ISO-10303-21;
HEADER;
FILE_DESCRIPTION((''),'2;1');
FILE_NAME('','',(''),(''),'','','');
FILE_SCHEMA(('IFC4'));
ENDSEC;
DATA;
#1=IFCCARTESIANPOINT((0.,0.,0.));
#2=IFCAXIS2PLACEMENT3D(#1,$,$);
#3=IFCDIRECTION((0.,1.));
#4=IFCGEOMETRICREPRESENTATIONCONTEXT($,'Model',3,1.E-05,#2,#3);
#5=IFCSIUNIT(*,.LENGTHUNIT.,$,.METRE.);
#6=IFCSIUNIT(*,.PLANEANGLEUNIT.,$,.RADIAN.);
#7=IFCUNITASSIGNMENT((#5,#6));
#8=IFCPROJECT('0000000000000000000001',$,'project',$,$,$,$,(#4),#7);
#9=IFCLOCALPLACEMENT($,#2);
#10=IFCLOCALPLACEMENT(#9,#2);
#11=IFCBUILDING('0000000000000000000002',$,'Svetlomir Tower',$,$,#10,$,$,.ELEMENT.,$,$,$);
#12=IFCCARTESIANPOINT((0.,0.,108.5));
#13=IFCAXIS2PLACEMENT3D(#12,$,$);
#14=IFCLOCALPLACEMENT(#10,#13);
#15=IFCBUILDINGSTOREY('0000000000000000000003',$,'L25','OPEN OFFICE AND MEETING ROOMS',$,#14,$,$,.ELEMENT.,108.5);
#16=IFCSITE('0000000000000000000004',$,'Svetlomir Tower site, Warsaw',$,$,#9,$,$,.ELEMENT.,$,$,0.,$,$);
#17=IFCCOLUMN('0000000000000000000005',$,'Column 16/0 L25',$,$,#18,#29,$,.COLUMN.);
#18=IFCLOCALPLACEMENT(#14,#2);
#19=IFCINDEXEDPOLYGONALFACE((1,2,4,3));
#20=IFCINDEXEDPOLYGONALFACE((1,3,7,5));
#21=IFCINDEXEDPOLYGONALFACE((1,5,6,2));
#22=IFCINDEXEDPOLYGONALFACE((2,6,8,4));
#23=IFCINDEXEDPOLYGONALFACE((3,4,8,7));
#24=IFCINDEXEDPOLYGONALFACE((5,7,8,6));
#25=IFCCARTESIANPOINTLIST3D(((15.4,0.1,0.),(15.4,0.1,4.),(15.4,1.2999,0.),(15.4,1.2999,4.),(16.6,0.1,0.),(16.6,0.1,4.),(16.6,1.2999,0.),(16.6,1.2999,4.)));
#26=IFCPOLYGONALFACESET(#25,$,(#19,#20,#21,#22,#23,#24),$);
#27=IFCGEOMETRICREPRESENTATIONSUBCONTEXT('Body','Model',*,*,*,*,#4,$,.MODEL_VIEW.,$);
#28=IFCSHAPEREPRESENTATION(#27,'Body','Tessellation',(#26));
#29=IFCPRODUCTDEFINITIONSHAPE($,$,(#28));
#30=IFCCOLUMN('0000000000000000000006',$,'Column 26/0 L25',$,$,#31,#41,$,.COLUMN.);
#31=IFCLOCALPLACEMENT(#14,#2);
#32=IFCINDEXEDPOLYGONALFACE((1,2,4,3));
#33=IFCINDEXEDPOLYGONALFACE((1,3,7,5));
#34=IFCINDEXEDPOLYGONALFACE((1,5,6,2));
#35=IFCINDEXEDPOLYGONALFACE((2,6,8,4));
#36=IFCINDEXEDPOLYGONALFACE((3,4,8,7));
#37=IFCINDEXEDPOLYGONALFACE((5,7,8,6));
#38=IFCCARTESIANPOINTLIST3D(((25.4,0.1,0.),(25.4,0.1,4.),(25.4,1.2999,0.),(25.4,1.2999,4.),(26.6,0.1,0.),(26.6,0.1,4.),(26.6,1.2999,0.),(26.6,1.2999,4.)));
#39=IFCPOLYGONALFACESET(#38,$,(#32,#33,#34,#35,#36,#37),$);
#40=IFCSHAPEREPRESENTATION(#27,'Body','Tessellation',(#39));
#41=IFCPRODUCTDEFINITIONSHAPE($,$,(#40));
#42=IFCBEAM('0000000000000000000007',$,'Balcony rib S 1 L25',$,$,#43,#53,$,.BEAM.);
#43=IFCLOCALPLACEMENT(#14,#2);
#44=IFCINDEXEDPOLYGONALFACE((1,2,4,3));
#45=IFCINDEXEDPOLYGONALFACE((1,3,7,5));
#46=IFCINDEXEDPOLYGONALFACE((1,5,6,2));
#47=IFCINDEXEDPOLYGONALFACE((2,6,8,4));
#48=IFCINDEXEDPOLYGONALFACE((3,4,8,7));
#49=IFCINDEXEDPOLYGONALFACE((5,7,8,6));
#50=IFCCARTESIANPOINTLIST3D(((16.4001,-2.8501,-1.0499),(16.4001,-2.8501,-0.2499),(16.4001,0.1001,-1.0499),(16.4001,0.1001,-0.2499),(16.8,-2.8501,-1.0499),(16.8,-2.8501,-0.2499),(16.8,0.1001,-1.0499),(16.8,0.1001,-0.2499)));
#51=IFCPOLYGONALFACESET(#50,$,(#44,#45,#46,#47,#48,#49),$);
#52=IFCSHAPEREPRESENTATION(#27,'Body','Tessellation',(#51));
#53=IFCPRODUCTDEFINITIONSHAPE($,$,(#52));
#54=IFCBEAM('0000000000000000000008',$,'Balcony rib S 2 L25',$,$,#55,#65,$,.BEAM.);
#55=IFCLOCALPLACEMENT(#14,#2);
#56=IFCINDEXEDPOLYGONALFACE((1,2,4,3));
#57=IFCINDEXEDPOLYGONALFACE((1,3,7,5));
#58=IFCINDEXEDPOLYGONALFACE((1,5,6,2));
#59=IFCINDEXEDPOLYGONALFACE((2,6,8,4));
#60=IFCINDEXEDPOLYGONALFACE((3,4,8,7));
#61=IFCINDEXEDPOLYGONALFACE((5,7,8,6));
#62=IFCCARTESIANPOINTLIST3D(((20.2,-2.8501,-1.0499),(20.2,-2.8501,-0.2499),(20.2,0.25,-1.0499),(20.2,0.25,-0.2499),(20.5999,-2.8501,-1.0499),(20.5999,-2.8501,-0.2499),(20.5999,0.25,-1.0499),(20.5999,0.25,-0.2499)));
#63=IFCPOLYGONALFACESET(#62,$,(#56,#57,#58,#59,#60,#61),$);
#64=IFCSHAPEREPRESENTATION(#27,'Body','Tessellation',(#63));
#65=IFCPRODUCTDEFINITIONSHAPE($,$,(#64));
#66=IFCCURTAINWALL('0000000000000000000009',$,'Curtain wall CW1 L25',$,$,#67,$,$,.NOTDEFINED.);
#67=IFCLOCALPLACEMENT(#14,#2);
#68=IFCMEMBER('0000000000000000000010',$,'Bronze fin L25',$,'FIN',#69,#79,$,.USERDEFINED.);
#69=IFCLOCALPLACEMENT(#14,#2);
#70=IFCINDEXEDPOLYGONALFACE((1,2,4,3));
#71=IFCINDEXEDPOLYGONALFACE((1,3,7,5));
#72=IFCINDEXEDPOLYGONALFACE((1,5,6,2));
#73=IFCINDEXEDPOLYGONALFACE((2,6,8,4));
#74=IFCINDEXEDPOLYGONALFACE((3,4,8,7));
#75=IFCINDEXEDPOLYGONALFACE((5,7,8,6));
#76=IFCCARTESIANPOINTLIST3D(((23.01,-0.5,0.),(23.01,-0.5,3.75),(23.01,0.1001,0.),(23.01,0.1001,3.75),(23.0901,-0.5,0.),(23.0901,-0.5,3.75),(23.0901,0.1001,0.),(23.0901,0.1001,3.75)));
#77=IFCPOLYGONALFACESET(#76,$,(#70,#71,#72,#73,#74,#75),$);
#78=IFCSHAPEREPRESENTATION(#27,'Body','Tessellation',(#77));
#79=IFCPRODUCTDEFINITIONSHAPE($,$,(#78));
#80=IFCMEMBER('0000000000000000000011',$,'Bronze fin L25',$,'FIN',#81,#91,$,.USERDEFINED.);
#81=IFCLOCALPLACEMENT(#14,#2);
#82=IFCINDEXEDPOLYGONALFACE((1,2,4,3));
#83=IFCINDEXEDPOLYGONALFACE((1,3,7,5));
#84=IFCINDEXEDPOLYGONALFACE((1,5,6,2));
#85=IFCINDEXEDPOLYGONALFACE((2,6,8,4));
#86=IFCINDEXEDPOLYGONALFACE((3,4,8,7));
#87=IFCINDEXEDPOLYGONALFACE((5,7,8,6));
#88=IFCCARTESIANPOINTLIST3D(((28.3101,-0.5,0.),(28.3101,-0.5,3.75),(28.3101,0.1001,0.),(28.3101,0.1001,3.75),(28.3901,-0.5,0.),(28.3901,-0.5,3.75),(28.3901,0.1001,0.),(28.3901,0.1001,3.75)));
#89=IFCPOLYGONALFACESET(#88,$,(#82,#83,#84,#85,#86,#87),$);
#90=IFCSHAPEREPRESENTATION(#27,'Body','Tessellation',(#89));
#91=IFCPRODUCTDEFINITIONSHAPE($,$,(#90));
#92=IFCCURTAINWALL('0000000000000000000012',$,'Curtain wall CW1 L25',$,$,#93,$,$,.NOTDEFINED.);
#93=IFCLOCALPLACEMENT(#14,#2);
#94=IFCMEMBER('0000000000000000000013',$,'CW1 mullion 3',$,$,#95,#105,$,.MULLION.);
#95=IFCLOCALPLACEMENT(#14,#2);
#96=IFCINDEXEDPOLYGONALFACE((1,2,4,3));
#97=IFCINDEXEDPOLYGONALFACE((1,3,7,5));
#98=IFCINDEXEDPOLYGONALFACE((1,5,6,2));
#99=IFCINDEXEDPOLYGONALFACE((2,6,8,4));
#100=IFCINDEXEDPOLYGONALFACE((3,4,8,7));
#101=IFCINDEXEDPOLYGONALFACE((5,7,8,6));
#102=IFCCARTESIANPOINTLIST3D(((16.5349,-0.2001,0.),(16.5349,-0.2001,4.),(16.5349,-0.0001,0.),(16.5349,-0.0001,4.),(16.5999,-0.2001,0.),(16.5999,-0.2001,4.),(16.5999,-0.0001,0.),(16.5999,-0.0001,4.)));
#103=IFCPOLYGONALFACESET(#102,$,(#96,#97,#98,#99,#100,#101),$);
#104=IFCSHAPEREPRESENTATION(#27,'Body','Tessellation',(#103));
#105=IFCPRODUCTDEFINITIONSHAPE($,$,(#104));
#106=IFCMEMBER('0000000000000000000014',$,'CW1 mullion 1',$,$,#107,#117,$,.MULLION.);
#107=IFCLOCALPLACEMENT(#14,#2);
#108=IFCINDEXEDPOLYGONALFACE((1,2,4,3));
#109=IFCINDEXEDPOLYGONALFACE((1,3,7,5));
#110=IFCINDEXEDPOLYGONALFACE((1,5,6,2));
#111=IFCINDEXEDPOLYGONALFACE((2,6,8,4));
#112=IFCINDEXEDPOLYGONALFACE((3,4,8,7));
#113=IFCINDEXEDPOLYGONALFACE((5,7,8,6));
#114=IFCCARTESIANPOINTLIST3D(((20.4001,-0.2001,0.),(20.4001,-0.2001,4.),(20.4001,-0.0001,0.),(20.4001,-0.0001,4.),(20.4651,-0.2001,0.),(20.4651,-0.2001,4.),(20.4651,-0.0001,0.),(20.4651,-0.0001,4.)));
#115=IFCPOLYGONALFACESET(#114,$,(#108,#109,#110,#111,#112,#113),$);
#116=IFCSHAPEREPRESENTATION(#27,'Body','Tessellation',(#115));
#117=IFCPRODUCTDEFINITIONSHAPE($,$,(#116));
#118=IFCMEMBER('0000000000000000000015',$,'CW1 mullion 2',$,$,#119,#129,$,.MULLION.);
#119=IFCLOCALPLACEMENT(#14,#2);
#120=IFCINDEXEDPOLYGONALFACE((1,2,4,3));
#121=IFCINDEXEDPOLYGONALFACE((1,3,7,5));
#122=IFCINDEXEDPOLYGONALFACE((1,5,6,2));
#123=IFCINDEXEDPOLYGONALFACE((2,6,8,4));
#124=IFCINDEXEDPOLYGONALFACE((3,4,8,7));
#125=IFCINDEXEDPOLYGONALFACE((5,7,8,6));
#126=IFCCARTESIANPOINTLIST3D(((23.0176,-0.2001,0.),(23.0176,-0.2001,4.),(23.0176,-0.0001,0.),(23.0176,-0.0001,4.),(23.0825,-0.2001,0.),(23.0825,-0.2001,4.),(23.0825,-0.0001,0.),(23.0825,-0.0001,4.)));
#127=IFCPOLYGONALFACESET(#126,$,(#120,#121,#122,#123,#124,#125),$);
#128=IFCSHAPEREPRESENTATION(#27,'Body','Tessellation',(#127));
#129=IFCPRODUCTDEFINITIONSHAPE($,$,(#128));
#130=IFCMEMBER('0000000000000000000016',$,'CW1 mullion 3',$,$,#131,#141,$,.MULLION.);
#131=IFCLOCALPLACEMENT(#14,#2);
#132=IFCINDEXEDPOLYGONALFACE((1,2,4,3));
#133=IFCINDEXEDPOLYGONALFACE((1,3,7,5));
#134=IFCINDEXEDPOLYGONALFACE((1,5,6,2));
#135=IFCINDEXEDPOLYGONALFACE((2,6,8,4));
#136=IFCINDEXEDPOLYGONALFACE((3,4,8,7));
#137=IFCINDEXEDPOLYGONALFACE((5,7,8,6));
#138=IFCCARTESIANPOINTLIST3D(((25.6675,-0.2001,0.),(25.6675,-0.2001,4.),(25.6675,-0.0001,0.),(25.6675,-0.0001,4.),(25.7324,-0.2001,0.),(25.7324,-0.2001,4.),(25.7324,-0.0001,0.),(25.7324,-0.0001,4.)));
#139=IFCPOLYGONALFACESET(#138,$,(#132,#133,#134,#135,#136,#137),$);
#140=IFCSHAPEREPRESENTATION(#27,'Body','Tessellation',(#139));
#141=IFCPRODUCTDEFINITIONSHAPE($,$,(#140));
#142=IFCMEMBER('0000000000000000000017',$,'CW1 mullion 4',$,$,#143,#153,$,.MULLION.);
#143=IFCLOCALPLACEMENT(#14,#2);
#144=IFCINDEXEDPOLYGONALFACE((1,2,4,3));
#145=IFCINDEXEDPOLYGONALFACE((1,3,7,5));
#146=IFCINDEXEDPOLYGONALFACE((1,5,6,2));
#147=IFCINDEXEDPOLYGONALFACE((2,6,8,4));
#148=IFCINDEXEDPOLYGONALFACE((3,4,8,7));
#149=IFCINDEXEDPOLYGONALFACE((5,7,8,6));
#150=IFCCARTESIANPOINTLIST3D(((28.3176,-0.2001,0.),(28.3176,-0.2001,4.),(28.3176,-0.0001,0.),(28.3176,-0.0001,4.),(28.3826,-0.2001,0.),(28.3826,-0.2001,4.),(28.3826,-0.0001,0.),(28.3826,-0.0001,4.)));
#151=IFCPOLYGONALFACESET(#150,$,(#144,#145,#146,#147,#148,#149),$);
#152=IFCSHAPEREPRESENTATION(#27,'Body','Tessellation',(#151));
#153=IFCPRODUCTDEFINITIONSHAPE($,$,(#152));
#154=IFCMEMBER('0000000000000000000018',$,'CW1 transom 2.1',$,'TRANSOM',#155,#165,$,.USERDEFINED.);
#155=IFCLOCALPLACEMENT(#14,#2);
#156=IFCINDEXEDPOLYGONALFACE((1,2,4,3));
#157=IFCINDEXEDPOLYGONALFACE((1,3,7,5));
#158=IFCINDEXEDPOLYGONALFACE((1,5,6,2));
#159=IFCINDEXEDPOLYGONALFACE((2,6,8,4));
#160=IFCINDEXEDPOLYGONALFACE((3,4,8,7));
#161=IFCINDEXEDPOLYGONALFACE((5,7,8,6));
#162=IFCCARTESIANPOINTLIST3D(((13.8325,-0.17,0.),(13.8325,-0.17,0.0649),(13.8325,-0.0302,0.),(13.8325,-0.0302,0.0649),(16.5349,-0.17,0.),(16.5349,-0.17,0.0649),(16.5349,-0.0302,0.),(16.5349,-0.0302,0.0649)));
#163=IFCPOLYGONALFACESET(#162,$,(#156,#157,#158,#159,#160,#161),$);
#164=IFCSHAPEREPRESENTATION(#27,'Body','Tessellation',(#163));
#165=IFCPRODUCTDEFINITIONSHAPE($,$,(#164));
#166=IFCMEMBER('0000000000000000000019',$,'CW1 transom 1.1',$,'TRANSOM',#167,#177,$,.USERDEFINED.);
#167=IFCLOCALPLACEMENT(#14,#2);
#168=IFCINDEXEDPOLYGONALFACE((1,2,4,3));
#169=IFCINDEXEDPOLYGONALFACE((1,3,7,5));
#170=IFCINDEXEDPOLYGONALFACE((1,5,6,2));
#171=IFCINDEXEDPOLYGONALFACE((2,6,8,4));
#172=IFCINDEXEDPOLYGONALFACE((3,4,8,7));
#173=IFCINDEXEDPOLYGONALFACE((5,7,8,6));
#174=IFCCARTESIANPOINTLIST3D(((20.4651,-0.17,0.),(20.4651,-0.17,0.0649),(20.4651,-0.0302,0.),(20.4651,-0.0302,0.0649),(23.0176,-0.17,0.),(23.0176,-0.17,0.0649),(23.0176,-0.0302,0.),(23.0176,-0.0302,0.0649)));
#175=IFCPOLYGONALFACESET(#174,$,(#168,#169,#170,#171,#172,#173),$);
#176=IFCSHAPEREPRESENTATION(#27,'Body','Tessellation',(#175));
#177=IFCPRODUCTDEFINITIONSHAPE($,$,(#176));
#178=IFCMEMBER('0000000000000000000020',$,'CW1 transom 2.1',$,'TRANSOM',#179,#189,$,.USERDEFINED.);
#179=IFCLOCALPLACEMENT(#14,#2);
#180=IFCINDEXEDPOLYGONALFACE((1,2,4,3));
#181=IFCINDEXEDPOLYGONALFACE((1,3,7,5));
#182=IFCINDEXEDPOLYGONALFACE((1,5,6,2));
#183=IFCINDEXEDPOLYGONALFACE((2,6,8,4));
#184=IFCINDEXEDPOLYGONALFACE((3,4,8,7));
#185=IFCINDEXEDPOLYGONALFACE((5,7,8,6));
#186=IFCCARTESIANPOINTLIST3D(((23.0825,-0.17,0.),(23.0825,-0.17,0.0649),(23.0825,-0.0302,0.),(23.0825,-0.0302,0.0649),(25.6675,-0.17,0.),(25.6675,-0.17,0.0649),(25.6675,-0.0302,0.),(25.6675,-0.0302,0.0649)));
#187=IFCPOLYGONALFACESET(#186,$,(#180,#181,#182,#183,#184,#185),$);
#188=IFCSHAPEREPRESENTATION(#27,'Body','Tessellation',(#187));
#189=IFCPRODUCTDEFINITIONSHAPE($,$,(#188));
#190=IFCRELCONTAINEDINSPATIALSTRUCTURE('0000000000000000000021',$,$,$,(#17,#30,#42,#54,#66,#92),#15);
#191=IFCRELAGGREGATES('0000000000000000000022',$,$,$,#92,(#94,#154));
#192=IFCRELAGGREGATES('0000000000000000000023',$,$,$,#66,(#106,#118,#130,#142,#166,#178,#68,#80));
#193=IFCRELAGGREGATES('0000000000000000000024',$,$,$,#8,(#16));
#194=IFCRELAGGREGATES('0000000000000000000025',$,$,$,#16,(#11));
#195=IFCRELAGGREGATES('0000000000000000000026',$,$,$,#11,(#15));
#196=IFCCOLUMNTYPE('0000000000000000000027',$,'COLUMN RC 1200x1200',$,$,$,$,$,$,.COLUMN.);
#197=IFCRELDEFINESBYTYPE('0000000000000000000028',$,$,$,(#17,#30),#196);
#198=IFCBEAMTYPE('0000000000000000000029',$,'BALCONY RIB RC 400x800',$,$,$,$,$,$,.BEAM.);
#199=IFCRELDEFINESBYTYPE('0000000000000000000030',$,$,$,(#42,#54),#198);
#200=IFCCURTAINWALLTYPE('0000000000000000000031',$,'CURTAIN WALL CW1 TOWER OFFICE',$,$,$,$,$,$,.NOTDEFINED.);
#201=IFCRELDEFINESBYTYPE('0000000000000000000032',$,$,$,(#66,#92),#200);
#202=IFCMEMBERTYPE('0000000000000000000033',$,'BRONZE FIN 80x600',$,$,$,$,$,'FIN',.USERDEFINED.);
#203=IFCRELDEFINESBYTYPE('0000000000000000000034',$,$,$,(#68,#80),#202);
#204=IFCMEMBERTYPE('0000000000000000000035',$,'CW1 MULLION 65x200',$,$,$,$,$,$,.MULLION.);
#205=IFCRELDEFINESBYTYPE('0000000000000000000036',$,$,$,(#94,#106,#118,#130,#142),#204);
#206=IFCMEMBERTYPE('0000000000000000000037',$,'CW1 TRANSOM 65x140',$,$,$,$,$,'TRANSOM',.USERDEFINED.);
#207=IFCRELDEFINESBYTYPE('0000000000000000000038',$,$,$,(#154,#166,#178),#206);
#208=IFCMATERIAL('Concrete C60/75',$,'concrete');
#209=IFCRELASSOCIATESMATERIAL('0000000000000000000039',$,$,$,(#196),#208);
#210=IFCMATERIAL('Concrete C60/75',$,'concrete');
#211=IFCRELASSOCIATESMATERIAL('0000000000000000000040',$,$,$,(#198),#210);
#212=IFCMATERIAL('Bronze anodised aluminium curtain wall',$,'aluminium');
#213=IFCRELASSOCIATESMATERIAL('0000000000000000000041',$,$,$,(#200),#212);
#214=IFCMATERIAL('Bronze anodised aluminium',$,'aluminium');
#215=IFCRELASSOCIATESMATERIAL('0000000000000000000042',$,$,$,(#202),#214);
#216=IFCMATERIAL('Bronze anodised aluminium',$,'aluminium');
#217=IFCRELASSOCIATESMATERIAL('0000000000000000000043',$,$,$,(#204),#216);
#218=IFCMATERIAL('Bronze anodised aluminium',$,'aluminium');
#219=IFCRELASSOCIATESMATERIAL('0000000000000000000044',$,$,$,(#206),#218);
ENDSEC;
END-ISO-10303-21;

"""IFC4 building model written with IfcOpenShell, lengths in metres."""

from ifc_helpers import new_model, si_unit, direction, frame, origin, origin_2d, place, context, subcontext, project, spatial, rectangle, extrude, material, material_profile, profile_set, type_object, element, aggregate, save


model = new_model("IFC4")

# Units and contexts
model_context = context("Model", 3, precision=1e-05, world=origin(), true_north=direction((0.0, 1.0)))
body_context = subcontext(model_context, "Body", "Model", "MODEL_VIEW")
ifc_project = project(units=[si_unit("LENGTHUNIT", "METRE"), si_unit("PLANEANGLEUNIT", "RADIAN")], contexts=[model_context])

# Site, building, storey
site_placement = place(None, origin())
site = spatial("IfcSite", under=ifc_project, at=site_placement, Name="Svetlomir Tower site, Warsaw", CompositionType="ELEMENT", RefElevation=0.0)
building_placement = place(site_placement, origin())
building = spatial("IfcBuilding", under=site, at=building_placement, Name="Svetlomir Tower", CompositionType="ELEMENT")
storey_placement = place(building_placement, frame((0.0, 0.0, 108.5)))
storey = spatial("IfcBuildingStorey", under=building, at=storey_placement, Name="L25", Description="OPEN OFFICE AND MEETING ROOMS", CompositionType="ELEMENT", Elevation=108.5)

# Columns
ifc_material_1 = material(Name="Concrete C60/75", Category="concrete")
ifc_material_profile_1 = material_profile(ifc_material_1, rectangle(XDim=1.2, YDim=1.2, at=origin_2d()), Name="RC 1200x1200")
ifc_profile_set_1 = profile_set([ifc_material_profile_1], Name="Concrete C60/75")
column_type = type_object("IfcColumnType", Name="COLUMN RC 1200x1200", PredefinedType="COLUMN", material=ifc_profile_set_1)
for number, where, z_axis, x_axis, name in (
    (1, (16.0, 0.7, 0.0), (0.0, 0.0, 1.0), (1.0, 0.0, 0.0), "Column 16/0 L25"),
    (2, (26.0, 0.7, 0.0), (0.0, 0.0, 1.0), (1.0, 0.0, 0.0), "Column 26/0 L25"),
):
    element("IfcColumn", number, at=place(storey_placement, frame(where, z_axis=z_axis, x_axis=x_axis)), inside=storey, type_object=column_type, Name=name, PredefinedType="COLUMN", context=body_context, shape_type="SweptSolid", body=[
        extrude(rectangle(XDim=1.2, YDim=1.2, at=origin_2d()), origin(), (0.0, 0.0, 1.0), 4.0),
    ])

# Beams
ifc_material_2 = material(Name="Concrete C60/75", Category="concrete")
ifc_material_profile_2 = material_profile(ifc_material_2, rectangle(XDim=0.3999, YDim=0.8, at=origin_2d()), Name="RC 400x800")
ifc_profile_set_2 = profile_set([ifc_material_profile_2], Name="Concrete C60/75")
beam_type_1 = type_object("IfcBeamType", Name="BALCONY RIB RC 400x800", PredefinedType="BEAM", material=ifc_profile_set_2)
beam_1_placement = place(storey_placement, frame((16.6001, 0.1001, -0.6499), z_axis=(0.0, -1.0, 0.0), x_axis=(1.0, 0.0, 0.0)))
element("IfcBeam", 3, at=beam_1_placement, inside=storey, type_object=beam_type_1, Name="Balcony rib S 1 L25", PredefinedType="BEAM", context=body_context, shape_type="SweptSolid", body=[
    extrude(rectangle(XDim=0.3999, YDim=0.8, at=origin_2d()), origin(), (0.0, 0.0, 1.0), 2.9502),
])
beam_2_placement = place(storey_placement, frame((20.3999, 0.25, -0.6499), z_axis=(0.0, -1.0, 0.0), x_axis=(1.0, 0.0, 0.0)))
element("IfcBeam", 4, at=beam_2_placement, inside=storey, type_object=beam_type_1, Name="Balcony rib S 2 L25", PredefinedType="BEAM", context=body_context, shape_type="SweptSolid", body=[
    extrude(rectangle(XDim=0.3999, YDim=0.8, at=origin_2d()), origin(), (0.0, 0.0, 1.0), 3.1001),
])

# Curtain wall, members
ifc_material_3 = material(Name="Bronze anodised aluminium curtain wall", Category="aluminium")
curtain_wall_type = type_object("IfcCurtainWallType", Name="CURTAIN WALL CW1 TOWER OFFICE", PredefinedType="NOTDEFINED", material=ifc_material_3)
curtain_wall_1_placement = place(storey_placement, origin())
curtain_wall_1 = element("IfcCurtainWall", 5, at=curtain_wall_1_placement, inside=storey, type_object=curtain_wall_type, Name="Curtain wall CW1 L25", PredefinedType="NOTDEFINED")
ifc_material_4 = material(Name="Bronze anodised aluminium", Category="aluminium")
ifc_material_profile_3 = material_profile(ifc_material_4, rectangle(XDim=0.0801, YDim=0.6001, at=origin_2d()), Name="FIN 80x600")
ifc_profile_set_3 = profile_set([ifc_material_profile_3], Name="Bronze anodised aluminium 6063-T6")
member_type_1 = type_object("IfcMemberType", Name="BRONZE FIN 80x600", ElementType="FIN", PredefinedType="USERDEFINED", material=ifc_profile_set_3)
member_1_placement = place(storey_placement, frame((23.05, -0.2, 0.0), z_axis=(0.0, 0.0, 1.0), x_axis=(1.0, 0.0, 0.0)))
member_1 = element("IfcMember", 6, at=member_1_placement, type_object=member_type_1, Name="Bronze fin L25", ObjectType="FIN", PredefinedType="USERDEFINED", context=body_context, shape_type="SweptSolid", body=[
    extrude(rectangle(XDim=0.0801, YDim=0.6001, at=origin_2d()), origin(), (0.0, 0.0, 1.0), 3.75),
])
member_2_placement = place(storey_placement, frame((28.3501, -0.2, 0.0), z_axis=(0.0, 0.0, 1.0), x_axis=(1.0, 0.0, 0.0)))
member_2 = element("IfcMember", 7, at=member_2_placement, type_object=member_type_1, Name="Bronze fin L25", ObjectType="FIN", PredefinedType="USERDEFINED", context=body_context, shape_type="SweptSolid", body=[
    extrude(rectangle(XDim=0.0801, YDim=0.6001, at=origin_2d()), origin(), (0.0, 0.0, 1.0), 3.75),
])

# Curtain wall, member
curtain_wall_2_placement = place(storey_placement, origin())
curtain_wall_2 = element("IfcCurtainWall", 8, at=curtain_wall_2_placement, inside=storey, type_object=curtain_wall_type, Name="Curtain wall CW1 L25", PredefinedType="NOTDEFINED")
ifc_material_5 = material(Name="Bronze anodised aluminium", Category="aluminium")
ifc_material_profile_4 = material_profile(ifc_material_5, rectangle(XDim=0.0649, YDim=0.2, at=origin_2d()), Name="AL 65x200")
ifc_profile_set_4 = profile_set([ifc_material_profile_4], Name="Bronze anodised aluminium 6063-T6")
member_type_2 = type_object("IfcMemberType", Name="CW1 MULLION 65x200", PredefinedType="MULLION", material=ifc_profile_set_4)
member_3_placement = place(storey_placement, frame((16.5674, -0.1001, 0.0), z_axis=(0.0, 0.0, 1.0), x_axis=(1.0, 0.0, 0.0)))
member_3 = element("IfcMember", 9, at=member_3_placement, type_object=member_type_2, Name="CW1 mullion 3", PredefinedType="MULLION", context=body_context, shape_type="SweptSolid", body=[
    extrude(rectangle(XDim=0.0649, YDim=0.2, at=origin_2d()), origin(), (0.0, 0.0, 1.0), 4.0),
])

# Members
member_4_placement = place(storey_placement, frame((20.4326, -0.1001, 0.0), z_axis=(0.0, 0.0, 1.0), x_axis=(1.0, 0.0, 0.0)))
member_4 = element("IfcMember", 10, at=member_4_placement, type_object=member_type_2, Name="CW1 mullion 1", PredefinedType="MULLION", context=body_context, shape_type="SweptSolid", body=[
    extrude(rectangle(XDim=0.0649, YDim=0.2, at=origin_2d()), origin(), (0.0, 0.0, 1.0), 4.0),
])
member_5_placement = place(storey_placement, frame((23.05, -0.1001, 0.0), z_axis=(0.0, 0.0, 1.0), x_axis=(1.0, 0.0, 0.0)))
member_5 = element("IfcMember", 11, at=member_5_placement, type_object=member_type_2, Name="CW1 mullion 2", PredefinedType="MULLION", context=body_context, shape_type="SweptSolid", body=[
    extrude(rectangle(XDim=0.0649, YDim=0.2, at=origin_2d()), origin(), (0.0, 0.0, 1.0), 4.0),
])
member_6_placement = place(storey_placement, frame((25.7, -0.1001, 0.0), z_axis=(0.0, 0.0, 1.0), x_axis=(1.0, 0.0, 0.0)))
member_6 = element("IfcMember", 12, at=member_6_placement, type_object=member_type_2, Name="CW1 mullion 3", PredefinedType="MULLION", context=body_context, shape_type="SweptSolid", body=[
    extrude(rectangle(XDim=0.0649, YDim=0.2, at=origin_2d()), origin(), (0.0, 0.0, 1.0), 4.0),
])
member_7_placement = place(storey_placement, frame((28.3501, -0.1001, 0.0), z_axis=(0.0, 0.0, 1.0), x_axis=(1.0, 0.0, 0.0)))
member_7 = element("IfcMember", 13, at=member_7_placement, type_object=member_type_2, Name="CW1 mullion 4", PredefinedType="MULLION", context=body_context, shape_type="SweptSolid", body=[
    extrude(rectangle(XDim=0.0649, YDim=0.2, at=origin_2d()), origin(), (0.0, 0.0, 1.0), 4.0),
])
ifc_material_6 = material(Name="Bronze anodised aluminium", Category="aluminium")
ifc_material_profile_5 = material_profile(ifc_material_6, rectangle(XDim=0.1399, YDim=0.0649, at=origin_2d()), Name="AL 140x65")
ifc_profile_set_5 = profile_set([ifc_material_profile_5], Name="Bronze anodised aluminium 6063-T6")
member_type_3 = type_object("IfcMemberType", Name="CW1 TRANSOM 65x140", ElementType="TRANSOM", PredefinedType="USERDEFINED", material=ifc_profile_set_5)
member_8_placement = place(storey_placement, frame((13.8325, -0.1001, 0.0325), z_axis=(1.0, 0.0, 0.0), x_axis=(0.0, 1.0, 0.0)))
member_8 = element("IfcMember", 14, at=member_8_placement, type_object=member_type_3, Name="CW1 transom 2.1", ObjectType="TRANSOM", PredefinedType="USERDEFINED", context=body_context, shape_type="SweptSolid", body=[
    extrude(rectangle(XDim=0.1399, YDim=0.0649, at=origin_2d()), origin(), (0.0, 0.0, 1.0), 2.7024),
])
member_9_placement = place(storey_placement, frame((20.4651, -0.1001, 0.0325), z_axis=(1.0, 0.0, 0.0), x_axis=(0.0, 1.0, 0.0)))
member_9 = element("IfcMember", 15, at=member_9_placement, type_object=member_type_3, Name="CW1 transom 1.1", ObjectType="TRANSOM", PredefinedType="USERDEFINED", context=body_context, shape_type="SweptSolid", body=[
    extrude(rectangle(XDim=0.1399, YDim=0.0649, at=origin_2d()), origin(), (0.0, 0.0, 1.0), 2.5525),
])
member_10_placement = place(storey_placement, frame((23.0825, -0.1001, 0.0325), z_axis=(1.0, 0.0, 0.0), x_axis=(0.0, 1.0, 0.0)))
member_10 = element("IfcMember", 16, at=member_10_placement, type_object=member_type_3, Name="CW1 transom 2.1", ObjectType="TRANSOM", PredefinedType="USERDEFINED", context=body_context, shape_type="SweptSolid", body=[
    extrude(rectangle(XDim=0.1399, YDim=0.0649, at=origin_2d()), origin(), (0.0, 0.0, 1.0), 2.585),
])

aggregate(curtain_wall_2, [member_3, member_8])
aggregate(curtain_wall_1, [member_4, member_5, member_6, member_7, member_9, member_10, member_1, member_2])

save(model, "model.ifc")
